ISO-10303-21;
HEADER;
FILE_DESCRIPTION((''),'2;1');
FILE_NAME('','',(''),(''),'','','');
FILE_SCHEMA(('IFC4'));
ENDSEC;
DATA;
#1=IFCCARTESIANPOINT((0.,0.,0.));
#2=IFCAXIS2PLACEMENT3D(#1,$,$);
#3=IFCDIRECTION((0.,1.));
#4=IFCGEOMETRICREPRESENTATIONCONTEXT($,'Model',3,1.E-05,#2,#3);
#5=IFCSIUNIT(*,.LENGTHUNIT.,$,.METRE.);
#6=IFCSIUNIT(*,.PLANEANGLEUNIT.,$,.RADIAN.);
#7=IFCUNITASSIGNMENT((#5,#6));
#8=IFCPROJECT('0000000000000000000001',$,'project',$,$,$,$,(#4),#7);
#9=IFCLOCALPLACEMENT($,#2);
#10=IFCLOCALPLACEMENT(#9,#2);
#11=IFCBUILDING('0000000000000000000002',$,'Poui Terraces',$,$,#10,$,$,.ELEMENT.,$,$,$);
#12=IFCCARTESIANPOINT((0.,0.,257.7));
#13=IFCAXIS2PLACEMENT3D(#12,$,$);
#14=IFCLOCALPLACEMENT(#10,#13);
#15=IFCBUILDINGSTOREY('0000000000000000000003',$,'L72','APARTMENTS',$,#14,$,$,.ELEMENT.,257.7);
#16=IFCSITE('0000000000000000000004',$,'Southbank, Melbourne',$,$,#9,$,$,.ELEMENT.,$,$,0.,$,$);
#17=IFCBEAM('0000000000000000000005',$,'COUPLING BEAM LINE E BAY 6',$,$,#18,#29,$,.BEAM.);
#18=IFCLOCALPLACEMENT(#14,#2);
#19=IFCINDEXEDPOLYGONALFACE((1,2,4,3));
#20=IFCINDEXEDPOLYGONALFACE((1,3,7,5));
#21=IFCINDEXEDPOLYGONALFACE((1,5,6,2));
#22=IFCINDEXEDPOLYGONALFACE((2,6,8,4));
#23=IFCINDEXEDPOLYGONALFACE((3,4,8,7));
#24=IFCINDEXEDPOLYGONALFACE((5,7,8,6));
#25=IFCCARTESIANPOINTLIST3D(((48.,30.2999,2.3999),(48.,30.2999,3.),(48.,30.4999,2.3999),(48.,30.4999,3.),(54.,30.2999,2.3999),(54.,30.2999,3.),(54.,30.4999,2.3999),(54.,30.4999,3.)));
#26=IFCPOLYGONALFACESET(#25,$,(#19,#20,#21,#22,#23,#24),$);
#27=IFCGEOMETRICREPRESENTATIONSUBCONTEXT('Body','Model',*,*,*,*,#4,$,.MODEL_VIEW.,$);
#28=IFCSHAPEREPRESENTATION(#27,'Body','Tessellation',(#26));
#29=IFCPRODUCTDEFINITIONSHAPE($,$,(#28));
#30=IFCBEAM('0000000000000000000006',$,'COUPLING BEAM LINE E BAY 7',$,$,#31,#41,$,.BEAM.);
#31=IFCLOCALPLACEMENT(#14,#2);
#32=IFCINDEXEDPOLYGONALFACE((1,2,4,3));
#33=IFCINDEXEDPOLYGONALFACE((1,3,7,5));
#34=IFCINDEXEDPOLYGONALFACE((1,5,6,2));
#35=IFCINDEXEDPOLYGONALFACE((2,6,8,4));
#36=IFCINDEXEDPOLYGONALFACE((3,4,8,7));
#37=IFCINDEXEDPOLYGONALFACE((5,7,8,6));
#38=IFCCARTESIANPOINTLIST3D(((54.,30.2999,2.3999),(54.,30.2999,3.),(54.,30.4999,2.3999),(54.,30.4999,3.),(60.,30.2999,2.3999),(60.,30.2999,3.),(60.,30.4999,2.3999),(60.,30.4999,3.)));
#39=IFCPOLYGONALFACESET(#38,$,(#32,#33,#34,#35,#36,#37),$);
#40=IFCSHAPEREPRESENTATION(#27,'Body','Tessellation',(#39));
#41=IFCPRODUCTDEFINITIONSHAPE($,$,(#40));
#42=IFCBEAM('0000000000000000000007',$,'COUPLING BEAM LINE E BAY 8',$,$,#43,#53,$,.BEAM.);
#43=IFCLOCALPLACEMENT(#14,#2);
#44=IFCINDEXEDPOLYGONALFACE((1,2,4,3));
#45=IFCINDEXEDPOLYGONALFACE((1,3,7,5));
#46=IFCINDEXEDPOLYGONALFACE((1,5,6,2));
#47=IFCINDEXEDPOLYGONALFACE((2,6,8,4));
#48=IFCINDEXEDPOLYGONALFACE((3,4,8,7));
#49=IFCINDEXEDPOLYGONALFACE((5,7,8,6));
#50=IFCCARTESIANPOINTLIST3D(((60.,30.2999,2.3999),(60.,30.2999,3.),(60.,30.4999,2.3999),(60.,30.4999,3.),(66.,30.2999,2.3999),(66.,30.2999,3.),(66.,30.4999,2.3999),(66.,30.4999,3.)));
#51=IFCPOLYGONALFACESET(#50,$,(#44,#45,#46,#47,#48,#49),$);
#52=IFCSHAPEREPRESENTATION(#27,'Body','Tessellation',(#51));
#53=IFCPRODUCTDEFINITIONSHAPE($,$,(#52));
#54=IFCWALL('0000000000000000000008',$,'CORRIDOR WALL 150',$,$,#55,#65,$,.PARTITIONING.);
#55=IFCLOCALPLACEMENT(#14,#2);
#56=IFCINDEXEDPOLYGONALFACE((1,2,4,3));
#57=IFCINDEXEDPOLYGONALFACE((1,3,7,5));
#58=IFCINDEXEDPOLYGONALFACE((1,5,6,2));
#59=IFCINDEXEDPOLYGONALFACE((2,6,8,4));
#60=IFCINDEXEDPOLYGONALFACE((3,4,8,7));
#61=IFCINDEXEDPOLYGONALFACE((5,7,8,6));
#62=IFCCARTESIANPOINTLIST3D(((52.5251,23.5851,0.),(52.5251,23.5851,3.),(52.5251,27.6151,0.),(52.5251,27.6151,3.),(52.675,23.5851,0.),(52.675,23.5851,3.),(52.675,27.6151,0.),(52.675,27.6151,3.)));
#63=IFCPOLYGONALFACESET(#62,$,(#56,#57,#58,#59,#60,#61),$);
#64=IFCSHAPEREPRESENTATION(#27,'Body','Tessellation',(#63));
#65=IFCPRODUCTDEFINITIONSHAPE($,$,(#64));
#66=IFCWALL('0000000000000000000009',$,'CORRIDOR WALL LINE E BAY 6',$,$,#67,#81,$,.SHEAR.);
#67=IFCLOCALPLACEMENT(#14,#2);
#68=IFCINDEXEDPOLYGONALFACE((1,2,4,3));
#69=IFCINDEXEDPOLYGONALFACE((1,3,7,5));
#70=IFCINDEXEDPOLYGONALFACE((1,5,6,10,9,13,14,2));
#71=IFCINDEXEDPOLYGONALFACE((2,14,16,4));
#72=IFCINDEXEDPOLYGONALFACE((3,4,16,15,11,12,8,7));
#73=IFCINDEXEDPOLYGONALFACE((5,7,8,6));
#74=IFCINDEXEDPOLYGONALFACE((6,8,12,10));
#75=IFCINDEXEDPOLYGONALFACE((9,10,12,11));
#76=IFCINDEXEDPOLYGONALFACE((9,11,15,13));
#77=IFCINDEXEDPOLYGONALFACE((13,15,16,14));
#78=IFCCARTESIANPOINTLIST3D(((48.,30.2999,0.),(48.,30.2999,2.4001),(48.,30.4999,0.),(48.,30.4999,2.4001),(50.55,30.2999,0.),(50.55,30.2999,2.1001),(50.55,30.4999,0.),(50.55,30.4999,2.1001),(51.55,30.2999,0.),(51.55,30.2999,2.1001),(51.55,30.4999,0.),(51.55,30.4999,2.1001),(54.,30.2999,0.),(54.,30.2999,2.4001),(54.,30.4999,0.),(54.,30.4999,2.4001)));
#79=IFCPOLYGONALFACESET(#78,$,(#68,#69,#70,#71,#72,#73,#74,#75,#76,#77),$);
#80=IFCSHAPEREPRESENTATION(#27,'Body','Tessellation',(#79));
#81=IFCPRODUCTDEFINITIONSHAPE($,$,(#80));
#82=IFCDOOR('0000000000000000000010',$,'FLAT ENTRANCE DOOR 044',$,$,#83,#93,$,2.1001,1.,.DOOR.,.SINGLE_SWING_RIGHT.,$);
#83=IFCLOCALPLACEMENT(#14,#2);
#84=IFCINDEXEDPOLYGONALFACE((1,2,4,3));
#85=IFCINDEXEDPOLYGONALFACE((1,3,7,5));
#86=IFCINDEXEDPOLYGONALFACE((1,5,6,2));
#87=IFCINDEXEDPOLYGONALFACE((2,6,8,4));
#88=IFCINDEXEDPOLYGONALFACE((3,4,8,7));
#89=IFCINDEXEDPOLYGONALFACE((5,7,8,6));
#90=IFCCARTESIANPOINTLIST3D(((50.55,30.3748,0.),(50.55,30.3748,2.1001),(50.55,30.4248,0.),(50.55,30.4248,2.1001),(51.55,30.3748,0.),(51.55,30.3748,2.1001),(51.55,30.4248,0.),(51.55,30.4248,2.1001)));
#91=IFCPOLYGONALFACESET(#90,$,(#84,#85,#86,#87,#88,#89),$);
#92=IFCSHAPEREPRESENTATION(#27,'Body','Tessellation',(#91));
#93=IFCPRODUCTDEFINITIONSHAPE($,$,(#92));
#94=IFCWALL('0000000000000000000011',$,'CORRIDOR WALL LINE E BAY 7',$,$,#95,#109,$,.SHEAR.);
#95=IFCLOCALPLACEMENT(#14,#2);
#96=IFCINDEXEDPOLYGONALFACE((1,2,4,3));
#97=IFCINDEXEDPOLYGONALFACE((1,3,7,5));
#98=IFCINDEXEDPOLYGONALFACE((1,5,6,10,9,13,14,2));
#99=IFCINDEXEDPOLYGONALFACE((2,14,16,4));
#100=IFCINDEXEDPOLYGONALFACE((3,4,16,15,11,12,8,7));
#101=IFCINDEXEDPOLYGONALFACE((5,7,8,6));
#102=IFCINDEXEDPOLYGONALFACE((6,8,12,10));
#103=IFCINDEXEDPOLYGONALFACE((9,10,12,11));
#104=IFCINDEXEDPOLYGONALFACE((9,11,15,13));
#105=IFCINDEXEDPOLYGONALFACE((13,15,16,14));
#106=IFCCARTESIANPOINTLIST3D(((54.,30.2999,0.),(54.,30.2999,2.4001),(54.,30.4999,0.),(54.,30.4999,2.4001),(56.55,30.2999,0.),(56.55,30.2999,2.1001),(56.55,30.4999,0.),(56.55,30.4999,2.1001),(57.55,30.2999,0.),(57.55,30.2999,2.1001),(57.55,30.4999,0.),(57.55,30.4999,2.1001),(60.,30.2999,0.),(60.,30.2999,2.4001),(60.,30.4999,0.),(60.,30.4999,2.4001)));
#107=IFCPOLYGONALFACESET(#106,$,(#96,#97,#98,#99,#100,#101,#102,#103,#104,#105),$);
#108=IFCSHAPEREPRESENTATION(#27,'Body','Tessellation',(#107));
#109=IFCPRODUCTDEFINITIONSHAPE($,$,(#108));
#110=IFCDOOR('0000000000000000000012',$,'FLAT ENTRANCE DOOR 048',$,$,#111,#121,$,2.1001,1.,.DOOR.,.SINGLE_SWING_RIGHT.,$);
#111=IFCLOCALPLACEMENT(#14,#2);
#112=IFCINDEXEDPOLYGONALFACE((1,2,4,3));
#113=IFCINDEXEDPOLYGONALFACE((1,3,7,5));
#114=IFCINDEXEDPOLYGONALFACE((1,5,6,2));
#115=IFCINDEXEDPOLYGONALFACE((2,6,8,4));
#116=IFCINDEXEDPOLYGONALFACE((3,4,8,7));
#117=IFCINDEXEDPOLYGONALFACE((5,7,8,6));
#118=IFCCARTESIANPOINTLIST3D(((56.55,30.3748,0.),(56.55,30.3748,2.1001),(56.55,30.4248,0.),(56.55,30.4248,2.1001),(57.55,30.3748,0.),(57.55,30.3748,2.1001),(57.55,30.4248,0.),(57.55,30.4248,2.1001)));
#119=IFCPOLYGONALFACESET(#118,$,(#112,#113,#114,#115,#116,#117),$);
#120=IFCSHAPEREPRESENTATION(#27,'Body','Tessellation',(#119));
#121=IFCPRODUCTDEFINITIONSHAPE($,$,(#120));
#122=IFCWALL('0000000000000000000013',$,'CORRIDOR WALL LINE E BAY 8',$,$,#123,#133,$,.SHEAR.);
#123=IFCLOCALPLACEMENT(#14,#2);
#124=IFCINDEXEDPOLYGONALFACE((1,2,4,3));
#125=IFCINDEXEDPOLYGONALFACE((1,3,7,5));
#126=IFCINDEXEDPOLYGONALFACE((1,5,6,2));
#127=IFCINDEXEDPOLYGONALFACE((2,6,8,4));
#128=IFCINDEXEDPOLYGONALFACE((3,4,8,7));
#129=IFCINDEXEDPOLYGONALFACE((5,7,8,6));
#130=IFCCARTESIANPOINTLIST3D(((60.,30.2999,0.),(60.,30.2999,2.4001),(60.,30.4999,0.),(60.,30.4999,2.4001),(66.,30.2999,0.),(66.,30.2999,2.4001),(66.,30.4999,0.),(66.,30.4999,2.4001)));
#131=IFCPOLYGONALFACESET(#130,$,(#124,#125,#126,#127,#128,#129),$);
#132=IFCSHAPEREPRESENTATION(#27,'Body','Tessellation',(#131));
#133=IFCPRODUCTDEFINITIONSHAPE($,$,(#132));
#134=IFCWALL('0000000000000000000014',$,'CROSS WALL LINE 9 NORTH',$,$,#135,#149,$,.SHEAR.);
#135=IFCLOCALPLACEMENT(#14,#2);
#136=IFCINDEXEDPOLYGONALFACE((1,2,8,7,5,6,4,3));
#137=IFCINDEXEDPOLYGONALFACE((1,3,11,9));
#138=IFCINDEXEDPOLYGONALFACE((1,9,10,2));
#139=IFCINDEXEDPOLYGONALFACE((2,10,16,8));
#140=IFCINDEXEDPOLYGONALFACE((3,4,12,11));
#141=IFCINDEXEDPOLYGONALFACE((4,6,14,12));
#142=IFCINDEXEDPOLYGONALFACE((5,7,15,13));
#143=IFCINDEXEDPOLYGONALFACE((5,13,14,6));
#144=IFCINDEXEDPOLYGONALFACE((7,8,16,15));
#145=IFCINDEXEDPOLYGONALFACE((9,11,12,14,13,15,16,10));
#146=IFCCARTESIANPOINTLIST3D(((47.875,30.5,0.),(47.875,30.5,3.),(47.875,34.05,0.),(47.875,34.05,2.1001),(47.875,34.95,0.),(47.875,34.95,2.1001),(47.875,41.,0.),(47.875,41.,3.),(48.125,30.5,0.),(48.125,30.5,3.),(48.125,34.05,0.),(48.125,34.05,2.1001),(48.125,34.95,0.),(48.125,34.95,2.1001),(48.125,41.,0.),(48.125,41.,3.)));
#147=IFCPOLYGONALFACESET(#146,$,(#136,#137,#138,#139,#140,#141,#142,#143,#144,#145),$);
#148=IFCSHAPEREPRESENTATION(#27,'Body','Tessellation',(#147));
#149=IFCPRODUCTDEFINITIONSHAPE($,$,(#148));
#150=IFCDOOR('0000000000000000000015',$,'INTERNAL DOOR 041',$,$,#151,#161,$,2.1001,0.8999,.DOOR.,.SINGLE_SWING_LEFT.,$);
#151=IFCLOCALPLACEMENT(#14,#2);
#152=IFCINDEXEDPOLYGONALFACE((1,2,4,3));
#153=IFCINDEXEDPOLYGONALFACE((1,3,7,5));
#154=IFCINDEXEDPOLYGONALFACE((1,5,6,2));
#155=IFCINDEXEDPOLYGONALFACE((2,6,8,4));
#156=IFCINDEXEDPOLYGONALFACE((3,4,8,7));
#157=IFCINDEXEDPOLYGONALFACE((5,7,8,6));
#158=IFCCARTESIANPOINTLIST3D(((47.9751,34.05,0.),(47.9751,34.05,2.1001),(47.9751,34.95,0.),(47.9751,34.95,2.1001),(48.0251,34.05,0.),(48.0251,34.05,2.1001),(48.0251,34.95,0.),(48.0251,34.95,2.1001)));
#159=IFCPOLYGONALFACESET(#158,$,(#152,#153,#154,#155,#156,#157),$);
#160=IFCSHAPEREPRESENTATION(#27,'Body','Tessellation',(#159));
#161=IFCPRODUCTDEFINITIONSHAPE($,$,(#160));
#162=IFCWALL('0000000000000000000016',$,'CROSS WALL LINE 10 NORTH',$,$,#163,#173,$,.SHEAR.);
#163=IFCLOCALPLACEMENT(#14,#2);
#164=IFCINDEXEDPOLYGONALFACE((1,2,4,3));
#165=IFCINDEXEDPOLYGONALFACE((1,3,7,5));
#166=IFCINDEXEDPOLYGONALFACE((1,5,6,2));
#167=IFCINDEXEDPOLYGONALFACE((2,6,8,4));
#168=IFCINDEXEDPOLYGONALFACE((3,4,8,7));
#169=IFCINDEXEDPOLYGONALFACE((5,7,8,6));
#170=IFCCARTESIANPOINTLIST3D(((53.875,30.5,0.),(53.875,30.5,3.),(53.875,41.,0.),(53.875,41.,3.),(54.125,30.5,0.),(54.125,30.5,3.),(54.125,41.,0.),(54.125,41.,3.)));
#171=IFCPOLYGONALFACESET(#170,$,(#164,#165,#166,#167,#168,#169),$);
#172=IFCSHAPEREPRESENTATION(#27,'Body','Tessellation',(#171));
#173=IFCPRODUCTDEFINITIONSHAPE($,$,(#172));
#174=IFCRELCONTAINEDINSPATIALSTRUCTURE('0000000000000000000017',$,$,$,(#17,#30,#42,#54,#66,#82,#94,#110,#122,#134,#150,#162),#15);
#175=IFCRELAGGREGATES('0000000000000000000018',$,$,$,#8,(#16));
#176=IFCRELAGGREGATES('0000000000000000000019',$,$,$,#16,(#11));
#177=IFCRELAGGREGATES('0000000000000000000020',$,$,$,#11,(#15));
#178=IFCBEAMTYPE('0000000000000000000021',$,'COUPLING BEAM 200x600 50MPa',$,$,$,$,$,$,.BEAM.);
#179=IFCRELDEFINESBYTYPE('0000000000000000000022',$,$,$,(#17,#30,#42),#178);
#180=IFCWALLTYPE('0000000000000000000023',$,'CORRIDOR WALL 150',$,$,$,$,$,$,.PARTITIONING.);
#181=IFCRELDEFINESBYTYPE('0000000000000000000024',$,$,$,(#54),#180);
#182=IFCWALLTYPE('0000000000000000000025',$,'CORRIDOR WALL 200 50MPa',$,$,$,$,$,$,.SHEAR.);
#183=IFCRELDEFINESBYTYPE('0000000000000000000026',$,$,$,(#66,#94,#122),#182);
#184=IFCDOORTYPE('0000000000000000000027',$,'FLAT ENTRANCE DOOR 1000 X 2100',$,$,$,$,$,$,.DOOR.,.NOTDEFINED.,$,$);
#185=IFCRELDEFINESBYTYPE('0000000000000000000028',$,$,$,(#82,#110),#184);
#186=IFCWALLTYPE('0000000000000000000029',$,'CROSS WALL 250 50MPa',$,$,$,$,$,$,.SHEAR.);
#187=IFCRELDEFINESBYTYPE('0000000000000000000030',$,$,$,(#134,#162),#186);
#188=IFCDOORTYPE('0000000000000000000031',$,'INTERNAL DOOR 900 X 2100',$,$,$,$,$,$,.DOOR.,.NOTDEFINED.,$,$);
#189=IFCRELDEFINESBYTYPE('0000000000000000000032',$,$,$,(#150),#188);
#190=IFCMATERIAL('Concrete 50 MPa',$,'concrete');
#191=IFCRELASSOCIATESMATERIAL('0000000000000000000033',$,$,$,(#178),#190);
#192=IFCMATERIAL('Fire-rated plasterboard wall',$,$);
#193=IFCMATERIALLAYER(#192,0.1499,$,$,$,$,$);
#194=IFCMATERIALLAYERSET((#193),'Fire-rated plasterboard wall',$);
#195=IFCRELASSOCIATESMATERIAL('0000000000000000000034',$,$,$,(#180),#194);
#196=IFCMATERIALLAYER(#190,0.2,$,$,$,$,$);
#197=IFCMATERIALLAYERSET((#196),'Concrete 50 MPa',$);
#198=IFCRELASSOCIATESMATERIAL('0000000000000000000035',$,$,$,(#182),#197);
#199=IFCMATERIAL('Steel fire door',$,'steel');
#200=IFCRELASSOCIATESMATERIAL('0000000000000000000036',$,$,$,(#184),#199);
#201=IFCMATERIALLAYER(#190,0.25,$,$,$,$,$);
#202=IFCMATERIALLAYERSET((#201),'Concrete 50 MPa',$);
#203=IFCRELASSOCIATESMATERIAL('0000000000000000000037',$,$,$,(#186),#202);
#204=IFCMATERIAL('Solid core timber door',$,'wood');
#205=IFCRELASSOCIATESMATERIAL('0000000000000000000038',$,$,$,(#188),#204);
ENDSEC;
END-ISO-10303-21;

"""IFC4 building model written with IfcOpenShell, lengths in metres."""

from ifc_helpers import new_model, si_unit, direction, frame, frame_2d, origin, origin_2d, place, context, subcontext, project, spatial, rectangle, extrude, source, transform, mapped, material, layer, layer_set, material_profile, profile_set, type_object, element, fill, save


model = new_model("IFC4")

# Units and contexts
model_context = context("Model", 3, precision=1e-05, world=origin(), true_north=direction((0.0, 1.0)))
body_context = subcontext(model_context, "Body", "Model", "MODEL_VIEW")
ifc_project = project(units=[si_unit("LENGTHUNIT", "METRE"), si_unit("PLANEANGLEUNIT", "RADIAN")], contexts=[model_context])

# Site, building, storey
site_placement = place(None, origin())
site = spatial("IfcSite", under=ifc_project, at=site_placement, Name="Southbank, Melbourne", CompositionType="ELEMENT", RefElevation=0.0)
building_placement = place(site_placement, origin())
building = spatial("IfcBuilding", under=site, at=building_placement, Name="Poui Terraces", CompositionType="ELEMENT")
storey_placement = place(building_placement, frame((0.0, 0.0, 257.7)))
storey = spatial("IfcBuildingStorey", under=building, at=storey_placement, Name="L72", Description="APARTMENTS", CompositionType="ELEMENT", Elevation=257.7)

# Beams
ifc_material_1 = material(Name="Concrete 50 MPa", Category="concrete")
ifc_material_profile = material_profile(ifc_material_1, rectangle(XDim=0.2, YDim=0.6001, at=origin_2d()), Name="RC 200x600")
ifc_profile_set = profile_set([ifc_material_profile], Name="Concrete 50 MPa")
beam_type = type_object("IfcBeamType", Name="COUPLING BEAM 200x600 50MPa", PredefinedType="BEAM", material=ifc_profile_set)
shared_shape = source(origin(), body_context, "Body", "SweptSolid", [
    extrude(rectangle(XDim=0.2, YDim=0.6001, at=origin_2d()), origin(), (0.0, 0.0, 1.0), 6.0),
])
for number, where, z_axis, x_axis, name in (
    (1, (48.0, 30.3999, 2.7), (1.0, 0.0, 0.0), (0.0, 1.0, 0.0), "COUPLING BEAM LINE E BAY 6"),
    (2, (54.0, 30.3999, 2.7), (1.0, 0.0, 0.0), (0.0, 1.0, 0.0), "COUPLING BEAM LINE E BAY 7"),
    (3, (60.0, 30.3999, 2.7), (1.0, 0.0, 0.0), (0.0, 1.0, 0.0), "COUPLING BEAM LINE E BAY 8"),
):
    element("IfcBeam", number, at=place(storey_placement, frame(where, z_axis=z_axis, x_axis=x_axis)), inside=storey, type_object=beam_type, Name=name, PredefinedType="BEAM", context=body_context, shape_type="MappedRepresentation", body=[
        mapped(shared_shape, transform((0.0, 0.0, 0.0))),
    ])

# Wall
ifc_material_2 = material(Name="Fire-rated plasterboard wall")
ifc_layer_1 = layer(ifc_material_2, 0.1499)
ifc_layer_set_1 = layer_set([ifc_layer_1], Name="Fire-rated plasterboard wall")
wall_type_1 = type_object("IfcWallType", Name="CORRIDOR WALL 150", PredefinedType="PARTITIONING", material=ifc_layer_set_1)
wall_1_placement = place(storey_placement, frame((52.6001, 23.585, 0.0), z_axis=(0.0, 0.0, 1.0), x_axis=(0.0, 1.0, 0.0)))
element("IfcWall", 4, at=wall_1_placement, inside=storey, type_object=wall_type_1, Name="CORRIDOR WALL 150", PredefinedType="PARTITIONING", context=body_context, shape_type="SweptSolid", body=[
    extrude(rectangle(XDim=4.03, YDim=0.1499, at=frame_2d((2.0151, 0.0))), origin(), (0.0, 0.0, 1.0), 3.0),
])

# Walls, openings, doors
ifc_layer_2 = layer(ifc_material_1, 0.2)
ifc_layer_set_2 = layer_set([ifc_layer_2], Name="Concrete 50 MPa")
wall_type_2 = type_object("IfcWallType", Name="CORRIDOR WALL 200 50MPa", PredefinedType="SHEAR", material=ifc_layer_set_2)
wall_2_placement = place(storey_placement, frame((48.0, 30.3999, 0.0), z_axis=(0.0, 0.0, 1.0), x_axis=(1.0, 0.0, 0.0)))
wall_2 = element("IfcWall", 5, at=wall_2_placement, inside=storey, type_object=wall_type_2, Name="CORRIDOR WALL LINE E BAY 6", PredefinedType="SHEAR", context=body_context, shape_type="SweptSolid", body=[
    extrude(rectangle(XDim=6.0, YDim=0.2, at=frame_2d((3.0, 0.0))), origin(), (0.0, 0.0, 1.0), 2.4001),
])
opening_1_placement = place(wall_2_placement, frame((2.55, 0.0, 0.0)))
opening_1 = element("IfcOpeningElement", 6, at=opening_1_placement, cuts=wall_2, PredefinedType="OPENING", context=body_context, shape_type="SweptSolid", body=[
    extrude(rectangle(XDim=1.0, YDim=2.1001, at=frame_2d((0.5, 1.05))), frame((0.0, 0.1099, 0.0), z_axis=(0.0, -1.0, 0.0), x_axis=(1.0, 0.0, 0.0)), (0.0, 0.0, 1.0), 0.22),
])
ifc_material_3 = material(Name="Steel fire door", Category="steel")
door_type_1 = type_object("IfcDoorType", Name="FLAT ENTRANCE DOOR 1000 X 2100", OperationType="NOTDEFINED", PredefinedType="DOOR", material=ifc_material_3)
door_1_placement = place(opening_1_placement, origin())
door_1 = element("IfcDoor", 7, at=door_1_placement, inside=storey, type_object=door_type_1, Name="FLAT ENTRANCE DOOR 044", OperationType="SINGLE_SWING_RIGHT", OverallHeight=2.1001, OverallWidth=1.0, PredefinedType="DOOR", context=body_context, shape_type="SweptSolid", body=[
    extrude(rectangle(XDim=1.0, YDim=2.1001, at=frame_2d((0.5, 1.05))), frame((0.0, 0.0249, 0.0), z_axis=(0.0, -1.0, 0.0), x_axis=(1.0, 0.0, 0.0)), (0.0, 0.0, 1.0), 0.05),
])
fill(opening_1, door_1)
wall_3_placement = place(storey_placement, frame((54.0, 30.3999, 0.0), z_axis=(0.0, 0.0, 1.0), x_axis=(1.0, 0.0, 0.0)))
wall_3 = element("IfcWall", 8, at=wall_3_placement, inside=storey, type_object=wall_type_2, Name="CORRIDOR WALL LINE E BAY 7", PredefinedType="SHEAR", context=body_context, shape_type="SweptSolid", body=[
    extrude(rectangle(XDim=6.0, YDim=0.2, at=frame_2d((3.0, 0.0))), origin(), (0.0, 0.0, 1.0), 2.4001),
])
opening_2_placement = place(wall_3_placement, frame((2.55, 0.0, 0.0)))
opening_2 = element("IfcOpeningElement", 9, at=opening_2_placement, cuts=wall_3, PredefinedType="OPENING", context=body_context, shape_type="SweptSolid", body=[
    extrude(rectangle(XDim=1.0, YDim=2.1001, at=frame_2d((0.5, 1.05))), frame((0.0, 0.1099, 0.0), z_axis=(0.0, -1.0, 0.0), x_axis=(1.0, 0.0, 0.0)), (0.0, 0.0, 1.0), 0.22),
])
door_2_placement = place(opening_2_placement, origin())
door_2 = element("IfcDoor", 10, at=door_2_placement, inside=storey, type_object=door_type_1, Name="FLAT ENTRANCE DOOR 048", OperationType="SINGLE_SWING_RIGHT", OverallHeight=2.1001, OverallWidth=1.0, PredefinedType="DOOR", context=body_context, shape_type="SweptSolid", body=[
    extrude(rectangle(XDim=1.0, YDim=2.1001, at=frame_2d((0.5, 1.05))), frame((0.0, 0.0249, 0.0), z_axis=(0.0, -1.0, 0.0), x_axis=(1.0, 0.0, 0.0)), (0.0, 0.0, 1.0), 0.05),
])
fill(opening_2, door_2)

# Wall
wall_4_placement = place(storey_placement, frame((60.0, 30.3999, 0.0), z_axis=(0.0, 0.0, 1.0), x_axis=(1.0, 0.0, 0.0)))
element("IfcWall", 11, at=wall_4_placement, inside=storey, type_object=wall_type_2, Name="CORRIDOR WALL LINE E BAY 8", PredefinedType="SHEAR", context=body_context, shape_type="SweptSolid", body=[
    extrude(rectangle(XDim=6.0, YDim=0.2, at=frame_2d((3.0, 0.0))), origin(), (0.0, 0.0, 1.0), 2.4001),
])

# Wall, opening, door
ifc_layer_3 = layer(ifc_material_1, 0.25)
ifc_layer_set_3 = layer_set([ifc_layer_3], Name="Concrete 50 MPa")
wall_type_3 = type_object("IfcWallType", Name="CROSS WALL 250 50MPa", PredefinedType="SHEAR", material=ifc_layer_set_3)
wall_5_placement = place(storey_placement, frame((48.0, 30.5, 0.0), z_axis=(0.0, 0.0, 1.0), x_axis=(0.0, 1.0, 0.0)))
wall_5 = element("IfcWall", 12, at=wall_5_placement, inside=storey, type_object=wall_type_3, Name="CROSS WALL LINE 9 NORTH", PredefinedType="SHEAR", context=body_context, shape_type="SweptSolid", body=[
    extrude(rectangle(XDim=10.5, YDim=0.25, at=frame_2d((5.25, 0.0))), origin(), (0.0, 0.0, 1.0), 3.0),
])
opening_3_placement = place(wall_5_placement, frame((3.55, 0.0, 0.0)))
opening_3 = element("IfcOpeningElement", 13, at=opening_3_placement, cuts=wall_5, PredefinedType="OPENING", context=body_context, shape_type="SweptSolid", body=[
    extrude(rectangle(XDim=0.8999, YDim=2.1001, at=frame_2d((0.45, 1.05))), frame((0.0, 0.135, 0.0), z_axis=(0.0, -1.0, 0.0), x_axis=(1.0, 0.0, 0.0)), (0.0, 0.0, 1.0), 0.27),
])
ifc_material_4 = material(Name="Solid core timber door", Category="wood")
door_type_2 = type_object("IfcDoorType", Name="INTERNAL DOOR 900 X 2100", OperationType="NOTDEFINED", PredefinedType="DOOR", material=ifc_material_4)
door_3_placement = place(opening_3_placement, origin())
door_3 = element("IfcDoor", 14, at=door_3_placement, inside=storey, type_object=door_type_2, Name="INTERNAL DOOR 041", OperationType="SINGLE_SWING_LEFT", OverallHeight=2.1001, OverallWidth=0.8999, PredefinedType="DOOR", context=body_context, shape_type="SweptSolid", body=[
    extrude(rectangle(XDim=0.8999, YDim=2.1001, at=frame_2d((0.45, 1.05))), frame((0.0, 0.0249, 0.0), z_axis=(0.0, -1.0, 0.0), x_axis=(1.0, 0.0, 0.0)), (0.0, 0.0, 1.0), 0.05),
])
fill(opening_3, door_3)

# Wall
wall_6_placement = place(storey_placement, frame((54.0, 30.5, 0.0), z_axis=(0.0, 0.0, 1.0), x_axis=(0.0, 1.0, 0.0)))
element("IfcWall", 15, at=wall_6_placement, inside=storey, type_object=wall_type_3, Name="CROSS WALL LINE 10 NORTH", PredefinedType="SHEAR", context=body_context, shape_type="SweptSolid", body=[
    extrude(rectangle(XDim=10.5, YDim=0.25, at=frame_2d((5.25, 0.0))), origin(), (0.0, 0.0, 1.0), 3.0),
])

save(model, "model.ifc")
